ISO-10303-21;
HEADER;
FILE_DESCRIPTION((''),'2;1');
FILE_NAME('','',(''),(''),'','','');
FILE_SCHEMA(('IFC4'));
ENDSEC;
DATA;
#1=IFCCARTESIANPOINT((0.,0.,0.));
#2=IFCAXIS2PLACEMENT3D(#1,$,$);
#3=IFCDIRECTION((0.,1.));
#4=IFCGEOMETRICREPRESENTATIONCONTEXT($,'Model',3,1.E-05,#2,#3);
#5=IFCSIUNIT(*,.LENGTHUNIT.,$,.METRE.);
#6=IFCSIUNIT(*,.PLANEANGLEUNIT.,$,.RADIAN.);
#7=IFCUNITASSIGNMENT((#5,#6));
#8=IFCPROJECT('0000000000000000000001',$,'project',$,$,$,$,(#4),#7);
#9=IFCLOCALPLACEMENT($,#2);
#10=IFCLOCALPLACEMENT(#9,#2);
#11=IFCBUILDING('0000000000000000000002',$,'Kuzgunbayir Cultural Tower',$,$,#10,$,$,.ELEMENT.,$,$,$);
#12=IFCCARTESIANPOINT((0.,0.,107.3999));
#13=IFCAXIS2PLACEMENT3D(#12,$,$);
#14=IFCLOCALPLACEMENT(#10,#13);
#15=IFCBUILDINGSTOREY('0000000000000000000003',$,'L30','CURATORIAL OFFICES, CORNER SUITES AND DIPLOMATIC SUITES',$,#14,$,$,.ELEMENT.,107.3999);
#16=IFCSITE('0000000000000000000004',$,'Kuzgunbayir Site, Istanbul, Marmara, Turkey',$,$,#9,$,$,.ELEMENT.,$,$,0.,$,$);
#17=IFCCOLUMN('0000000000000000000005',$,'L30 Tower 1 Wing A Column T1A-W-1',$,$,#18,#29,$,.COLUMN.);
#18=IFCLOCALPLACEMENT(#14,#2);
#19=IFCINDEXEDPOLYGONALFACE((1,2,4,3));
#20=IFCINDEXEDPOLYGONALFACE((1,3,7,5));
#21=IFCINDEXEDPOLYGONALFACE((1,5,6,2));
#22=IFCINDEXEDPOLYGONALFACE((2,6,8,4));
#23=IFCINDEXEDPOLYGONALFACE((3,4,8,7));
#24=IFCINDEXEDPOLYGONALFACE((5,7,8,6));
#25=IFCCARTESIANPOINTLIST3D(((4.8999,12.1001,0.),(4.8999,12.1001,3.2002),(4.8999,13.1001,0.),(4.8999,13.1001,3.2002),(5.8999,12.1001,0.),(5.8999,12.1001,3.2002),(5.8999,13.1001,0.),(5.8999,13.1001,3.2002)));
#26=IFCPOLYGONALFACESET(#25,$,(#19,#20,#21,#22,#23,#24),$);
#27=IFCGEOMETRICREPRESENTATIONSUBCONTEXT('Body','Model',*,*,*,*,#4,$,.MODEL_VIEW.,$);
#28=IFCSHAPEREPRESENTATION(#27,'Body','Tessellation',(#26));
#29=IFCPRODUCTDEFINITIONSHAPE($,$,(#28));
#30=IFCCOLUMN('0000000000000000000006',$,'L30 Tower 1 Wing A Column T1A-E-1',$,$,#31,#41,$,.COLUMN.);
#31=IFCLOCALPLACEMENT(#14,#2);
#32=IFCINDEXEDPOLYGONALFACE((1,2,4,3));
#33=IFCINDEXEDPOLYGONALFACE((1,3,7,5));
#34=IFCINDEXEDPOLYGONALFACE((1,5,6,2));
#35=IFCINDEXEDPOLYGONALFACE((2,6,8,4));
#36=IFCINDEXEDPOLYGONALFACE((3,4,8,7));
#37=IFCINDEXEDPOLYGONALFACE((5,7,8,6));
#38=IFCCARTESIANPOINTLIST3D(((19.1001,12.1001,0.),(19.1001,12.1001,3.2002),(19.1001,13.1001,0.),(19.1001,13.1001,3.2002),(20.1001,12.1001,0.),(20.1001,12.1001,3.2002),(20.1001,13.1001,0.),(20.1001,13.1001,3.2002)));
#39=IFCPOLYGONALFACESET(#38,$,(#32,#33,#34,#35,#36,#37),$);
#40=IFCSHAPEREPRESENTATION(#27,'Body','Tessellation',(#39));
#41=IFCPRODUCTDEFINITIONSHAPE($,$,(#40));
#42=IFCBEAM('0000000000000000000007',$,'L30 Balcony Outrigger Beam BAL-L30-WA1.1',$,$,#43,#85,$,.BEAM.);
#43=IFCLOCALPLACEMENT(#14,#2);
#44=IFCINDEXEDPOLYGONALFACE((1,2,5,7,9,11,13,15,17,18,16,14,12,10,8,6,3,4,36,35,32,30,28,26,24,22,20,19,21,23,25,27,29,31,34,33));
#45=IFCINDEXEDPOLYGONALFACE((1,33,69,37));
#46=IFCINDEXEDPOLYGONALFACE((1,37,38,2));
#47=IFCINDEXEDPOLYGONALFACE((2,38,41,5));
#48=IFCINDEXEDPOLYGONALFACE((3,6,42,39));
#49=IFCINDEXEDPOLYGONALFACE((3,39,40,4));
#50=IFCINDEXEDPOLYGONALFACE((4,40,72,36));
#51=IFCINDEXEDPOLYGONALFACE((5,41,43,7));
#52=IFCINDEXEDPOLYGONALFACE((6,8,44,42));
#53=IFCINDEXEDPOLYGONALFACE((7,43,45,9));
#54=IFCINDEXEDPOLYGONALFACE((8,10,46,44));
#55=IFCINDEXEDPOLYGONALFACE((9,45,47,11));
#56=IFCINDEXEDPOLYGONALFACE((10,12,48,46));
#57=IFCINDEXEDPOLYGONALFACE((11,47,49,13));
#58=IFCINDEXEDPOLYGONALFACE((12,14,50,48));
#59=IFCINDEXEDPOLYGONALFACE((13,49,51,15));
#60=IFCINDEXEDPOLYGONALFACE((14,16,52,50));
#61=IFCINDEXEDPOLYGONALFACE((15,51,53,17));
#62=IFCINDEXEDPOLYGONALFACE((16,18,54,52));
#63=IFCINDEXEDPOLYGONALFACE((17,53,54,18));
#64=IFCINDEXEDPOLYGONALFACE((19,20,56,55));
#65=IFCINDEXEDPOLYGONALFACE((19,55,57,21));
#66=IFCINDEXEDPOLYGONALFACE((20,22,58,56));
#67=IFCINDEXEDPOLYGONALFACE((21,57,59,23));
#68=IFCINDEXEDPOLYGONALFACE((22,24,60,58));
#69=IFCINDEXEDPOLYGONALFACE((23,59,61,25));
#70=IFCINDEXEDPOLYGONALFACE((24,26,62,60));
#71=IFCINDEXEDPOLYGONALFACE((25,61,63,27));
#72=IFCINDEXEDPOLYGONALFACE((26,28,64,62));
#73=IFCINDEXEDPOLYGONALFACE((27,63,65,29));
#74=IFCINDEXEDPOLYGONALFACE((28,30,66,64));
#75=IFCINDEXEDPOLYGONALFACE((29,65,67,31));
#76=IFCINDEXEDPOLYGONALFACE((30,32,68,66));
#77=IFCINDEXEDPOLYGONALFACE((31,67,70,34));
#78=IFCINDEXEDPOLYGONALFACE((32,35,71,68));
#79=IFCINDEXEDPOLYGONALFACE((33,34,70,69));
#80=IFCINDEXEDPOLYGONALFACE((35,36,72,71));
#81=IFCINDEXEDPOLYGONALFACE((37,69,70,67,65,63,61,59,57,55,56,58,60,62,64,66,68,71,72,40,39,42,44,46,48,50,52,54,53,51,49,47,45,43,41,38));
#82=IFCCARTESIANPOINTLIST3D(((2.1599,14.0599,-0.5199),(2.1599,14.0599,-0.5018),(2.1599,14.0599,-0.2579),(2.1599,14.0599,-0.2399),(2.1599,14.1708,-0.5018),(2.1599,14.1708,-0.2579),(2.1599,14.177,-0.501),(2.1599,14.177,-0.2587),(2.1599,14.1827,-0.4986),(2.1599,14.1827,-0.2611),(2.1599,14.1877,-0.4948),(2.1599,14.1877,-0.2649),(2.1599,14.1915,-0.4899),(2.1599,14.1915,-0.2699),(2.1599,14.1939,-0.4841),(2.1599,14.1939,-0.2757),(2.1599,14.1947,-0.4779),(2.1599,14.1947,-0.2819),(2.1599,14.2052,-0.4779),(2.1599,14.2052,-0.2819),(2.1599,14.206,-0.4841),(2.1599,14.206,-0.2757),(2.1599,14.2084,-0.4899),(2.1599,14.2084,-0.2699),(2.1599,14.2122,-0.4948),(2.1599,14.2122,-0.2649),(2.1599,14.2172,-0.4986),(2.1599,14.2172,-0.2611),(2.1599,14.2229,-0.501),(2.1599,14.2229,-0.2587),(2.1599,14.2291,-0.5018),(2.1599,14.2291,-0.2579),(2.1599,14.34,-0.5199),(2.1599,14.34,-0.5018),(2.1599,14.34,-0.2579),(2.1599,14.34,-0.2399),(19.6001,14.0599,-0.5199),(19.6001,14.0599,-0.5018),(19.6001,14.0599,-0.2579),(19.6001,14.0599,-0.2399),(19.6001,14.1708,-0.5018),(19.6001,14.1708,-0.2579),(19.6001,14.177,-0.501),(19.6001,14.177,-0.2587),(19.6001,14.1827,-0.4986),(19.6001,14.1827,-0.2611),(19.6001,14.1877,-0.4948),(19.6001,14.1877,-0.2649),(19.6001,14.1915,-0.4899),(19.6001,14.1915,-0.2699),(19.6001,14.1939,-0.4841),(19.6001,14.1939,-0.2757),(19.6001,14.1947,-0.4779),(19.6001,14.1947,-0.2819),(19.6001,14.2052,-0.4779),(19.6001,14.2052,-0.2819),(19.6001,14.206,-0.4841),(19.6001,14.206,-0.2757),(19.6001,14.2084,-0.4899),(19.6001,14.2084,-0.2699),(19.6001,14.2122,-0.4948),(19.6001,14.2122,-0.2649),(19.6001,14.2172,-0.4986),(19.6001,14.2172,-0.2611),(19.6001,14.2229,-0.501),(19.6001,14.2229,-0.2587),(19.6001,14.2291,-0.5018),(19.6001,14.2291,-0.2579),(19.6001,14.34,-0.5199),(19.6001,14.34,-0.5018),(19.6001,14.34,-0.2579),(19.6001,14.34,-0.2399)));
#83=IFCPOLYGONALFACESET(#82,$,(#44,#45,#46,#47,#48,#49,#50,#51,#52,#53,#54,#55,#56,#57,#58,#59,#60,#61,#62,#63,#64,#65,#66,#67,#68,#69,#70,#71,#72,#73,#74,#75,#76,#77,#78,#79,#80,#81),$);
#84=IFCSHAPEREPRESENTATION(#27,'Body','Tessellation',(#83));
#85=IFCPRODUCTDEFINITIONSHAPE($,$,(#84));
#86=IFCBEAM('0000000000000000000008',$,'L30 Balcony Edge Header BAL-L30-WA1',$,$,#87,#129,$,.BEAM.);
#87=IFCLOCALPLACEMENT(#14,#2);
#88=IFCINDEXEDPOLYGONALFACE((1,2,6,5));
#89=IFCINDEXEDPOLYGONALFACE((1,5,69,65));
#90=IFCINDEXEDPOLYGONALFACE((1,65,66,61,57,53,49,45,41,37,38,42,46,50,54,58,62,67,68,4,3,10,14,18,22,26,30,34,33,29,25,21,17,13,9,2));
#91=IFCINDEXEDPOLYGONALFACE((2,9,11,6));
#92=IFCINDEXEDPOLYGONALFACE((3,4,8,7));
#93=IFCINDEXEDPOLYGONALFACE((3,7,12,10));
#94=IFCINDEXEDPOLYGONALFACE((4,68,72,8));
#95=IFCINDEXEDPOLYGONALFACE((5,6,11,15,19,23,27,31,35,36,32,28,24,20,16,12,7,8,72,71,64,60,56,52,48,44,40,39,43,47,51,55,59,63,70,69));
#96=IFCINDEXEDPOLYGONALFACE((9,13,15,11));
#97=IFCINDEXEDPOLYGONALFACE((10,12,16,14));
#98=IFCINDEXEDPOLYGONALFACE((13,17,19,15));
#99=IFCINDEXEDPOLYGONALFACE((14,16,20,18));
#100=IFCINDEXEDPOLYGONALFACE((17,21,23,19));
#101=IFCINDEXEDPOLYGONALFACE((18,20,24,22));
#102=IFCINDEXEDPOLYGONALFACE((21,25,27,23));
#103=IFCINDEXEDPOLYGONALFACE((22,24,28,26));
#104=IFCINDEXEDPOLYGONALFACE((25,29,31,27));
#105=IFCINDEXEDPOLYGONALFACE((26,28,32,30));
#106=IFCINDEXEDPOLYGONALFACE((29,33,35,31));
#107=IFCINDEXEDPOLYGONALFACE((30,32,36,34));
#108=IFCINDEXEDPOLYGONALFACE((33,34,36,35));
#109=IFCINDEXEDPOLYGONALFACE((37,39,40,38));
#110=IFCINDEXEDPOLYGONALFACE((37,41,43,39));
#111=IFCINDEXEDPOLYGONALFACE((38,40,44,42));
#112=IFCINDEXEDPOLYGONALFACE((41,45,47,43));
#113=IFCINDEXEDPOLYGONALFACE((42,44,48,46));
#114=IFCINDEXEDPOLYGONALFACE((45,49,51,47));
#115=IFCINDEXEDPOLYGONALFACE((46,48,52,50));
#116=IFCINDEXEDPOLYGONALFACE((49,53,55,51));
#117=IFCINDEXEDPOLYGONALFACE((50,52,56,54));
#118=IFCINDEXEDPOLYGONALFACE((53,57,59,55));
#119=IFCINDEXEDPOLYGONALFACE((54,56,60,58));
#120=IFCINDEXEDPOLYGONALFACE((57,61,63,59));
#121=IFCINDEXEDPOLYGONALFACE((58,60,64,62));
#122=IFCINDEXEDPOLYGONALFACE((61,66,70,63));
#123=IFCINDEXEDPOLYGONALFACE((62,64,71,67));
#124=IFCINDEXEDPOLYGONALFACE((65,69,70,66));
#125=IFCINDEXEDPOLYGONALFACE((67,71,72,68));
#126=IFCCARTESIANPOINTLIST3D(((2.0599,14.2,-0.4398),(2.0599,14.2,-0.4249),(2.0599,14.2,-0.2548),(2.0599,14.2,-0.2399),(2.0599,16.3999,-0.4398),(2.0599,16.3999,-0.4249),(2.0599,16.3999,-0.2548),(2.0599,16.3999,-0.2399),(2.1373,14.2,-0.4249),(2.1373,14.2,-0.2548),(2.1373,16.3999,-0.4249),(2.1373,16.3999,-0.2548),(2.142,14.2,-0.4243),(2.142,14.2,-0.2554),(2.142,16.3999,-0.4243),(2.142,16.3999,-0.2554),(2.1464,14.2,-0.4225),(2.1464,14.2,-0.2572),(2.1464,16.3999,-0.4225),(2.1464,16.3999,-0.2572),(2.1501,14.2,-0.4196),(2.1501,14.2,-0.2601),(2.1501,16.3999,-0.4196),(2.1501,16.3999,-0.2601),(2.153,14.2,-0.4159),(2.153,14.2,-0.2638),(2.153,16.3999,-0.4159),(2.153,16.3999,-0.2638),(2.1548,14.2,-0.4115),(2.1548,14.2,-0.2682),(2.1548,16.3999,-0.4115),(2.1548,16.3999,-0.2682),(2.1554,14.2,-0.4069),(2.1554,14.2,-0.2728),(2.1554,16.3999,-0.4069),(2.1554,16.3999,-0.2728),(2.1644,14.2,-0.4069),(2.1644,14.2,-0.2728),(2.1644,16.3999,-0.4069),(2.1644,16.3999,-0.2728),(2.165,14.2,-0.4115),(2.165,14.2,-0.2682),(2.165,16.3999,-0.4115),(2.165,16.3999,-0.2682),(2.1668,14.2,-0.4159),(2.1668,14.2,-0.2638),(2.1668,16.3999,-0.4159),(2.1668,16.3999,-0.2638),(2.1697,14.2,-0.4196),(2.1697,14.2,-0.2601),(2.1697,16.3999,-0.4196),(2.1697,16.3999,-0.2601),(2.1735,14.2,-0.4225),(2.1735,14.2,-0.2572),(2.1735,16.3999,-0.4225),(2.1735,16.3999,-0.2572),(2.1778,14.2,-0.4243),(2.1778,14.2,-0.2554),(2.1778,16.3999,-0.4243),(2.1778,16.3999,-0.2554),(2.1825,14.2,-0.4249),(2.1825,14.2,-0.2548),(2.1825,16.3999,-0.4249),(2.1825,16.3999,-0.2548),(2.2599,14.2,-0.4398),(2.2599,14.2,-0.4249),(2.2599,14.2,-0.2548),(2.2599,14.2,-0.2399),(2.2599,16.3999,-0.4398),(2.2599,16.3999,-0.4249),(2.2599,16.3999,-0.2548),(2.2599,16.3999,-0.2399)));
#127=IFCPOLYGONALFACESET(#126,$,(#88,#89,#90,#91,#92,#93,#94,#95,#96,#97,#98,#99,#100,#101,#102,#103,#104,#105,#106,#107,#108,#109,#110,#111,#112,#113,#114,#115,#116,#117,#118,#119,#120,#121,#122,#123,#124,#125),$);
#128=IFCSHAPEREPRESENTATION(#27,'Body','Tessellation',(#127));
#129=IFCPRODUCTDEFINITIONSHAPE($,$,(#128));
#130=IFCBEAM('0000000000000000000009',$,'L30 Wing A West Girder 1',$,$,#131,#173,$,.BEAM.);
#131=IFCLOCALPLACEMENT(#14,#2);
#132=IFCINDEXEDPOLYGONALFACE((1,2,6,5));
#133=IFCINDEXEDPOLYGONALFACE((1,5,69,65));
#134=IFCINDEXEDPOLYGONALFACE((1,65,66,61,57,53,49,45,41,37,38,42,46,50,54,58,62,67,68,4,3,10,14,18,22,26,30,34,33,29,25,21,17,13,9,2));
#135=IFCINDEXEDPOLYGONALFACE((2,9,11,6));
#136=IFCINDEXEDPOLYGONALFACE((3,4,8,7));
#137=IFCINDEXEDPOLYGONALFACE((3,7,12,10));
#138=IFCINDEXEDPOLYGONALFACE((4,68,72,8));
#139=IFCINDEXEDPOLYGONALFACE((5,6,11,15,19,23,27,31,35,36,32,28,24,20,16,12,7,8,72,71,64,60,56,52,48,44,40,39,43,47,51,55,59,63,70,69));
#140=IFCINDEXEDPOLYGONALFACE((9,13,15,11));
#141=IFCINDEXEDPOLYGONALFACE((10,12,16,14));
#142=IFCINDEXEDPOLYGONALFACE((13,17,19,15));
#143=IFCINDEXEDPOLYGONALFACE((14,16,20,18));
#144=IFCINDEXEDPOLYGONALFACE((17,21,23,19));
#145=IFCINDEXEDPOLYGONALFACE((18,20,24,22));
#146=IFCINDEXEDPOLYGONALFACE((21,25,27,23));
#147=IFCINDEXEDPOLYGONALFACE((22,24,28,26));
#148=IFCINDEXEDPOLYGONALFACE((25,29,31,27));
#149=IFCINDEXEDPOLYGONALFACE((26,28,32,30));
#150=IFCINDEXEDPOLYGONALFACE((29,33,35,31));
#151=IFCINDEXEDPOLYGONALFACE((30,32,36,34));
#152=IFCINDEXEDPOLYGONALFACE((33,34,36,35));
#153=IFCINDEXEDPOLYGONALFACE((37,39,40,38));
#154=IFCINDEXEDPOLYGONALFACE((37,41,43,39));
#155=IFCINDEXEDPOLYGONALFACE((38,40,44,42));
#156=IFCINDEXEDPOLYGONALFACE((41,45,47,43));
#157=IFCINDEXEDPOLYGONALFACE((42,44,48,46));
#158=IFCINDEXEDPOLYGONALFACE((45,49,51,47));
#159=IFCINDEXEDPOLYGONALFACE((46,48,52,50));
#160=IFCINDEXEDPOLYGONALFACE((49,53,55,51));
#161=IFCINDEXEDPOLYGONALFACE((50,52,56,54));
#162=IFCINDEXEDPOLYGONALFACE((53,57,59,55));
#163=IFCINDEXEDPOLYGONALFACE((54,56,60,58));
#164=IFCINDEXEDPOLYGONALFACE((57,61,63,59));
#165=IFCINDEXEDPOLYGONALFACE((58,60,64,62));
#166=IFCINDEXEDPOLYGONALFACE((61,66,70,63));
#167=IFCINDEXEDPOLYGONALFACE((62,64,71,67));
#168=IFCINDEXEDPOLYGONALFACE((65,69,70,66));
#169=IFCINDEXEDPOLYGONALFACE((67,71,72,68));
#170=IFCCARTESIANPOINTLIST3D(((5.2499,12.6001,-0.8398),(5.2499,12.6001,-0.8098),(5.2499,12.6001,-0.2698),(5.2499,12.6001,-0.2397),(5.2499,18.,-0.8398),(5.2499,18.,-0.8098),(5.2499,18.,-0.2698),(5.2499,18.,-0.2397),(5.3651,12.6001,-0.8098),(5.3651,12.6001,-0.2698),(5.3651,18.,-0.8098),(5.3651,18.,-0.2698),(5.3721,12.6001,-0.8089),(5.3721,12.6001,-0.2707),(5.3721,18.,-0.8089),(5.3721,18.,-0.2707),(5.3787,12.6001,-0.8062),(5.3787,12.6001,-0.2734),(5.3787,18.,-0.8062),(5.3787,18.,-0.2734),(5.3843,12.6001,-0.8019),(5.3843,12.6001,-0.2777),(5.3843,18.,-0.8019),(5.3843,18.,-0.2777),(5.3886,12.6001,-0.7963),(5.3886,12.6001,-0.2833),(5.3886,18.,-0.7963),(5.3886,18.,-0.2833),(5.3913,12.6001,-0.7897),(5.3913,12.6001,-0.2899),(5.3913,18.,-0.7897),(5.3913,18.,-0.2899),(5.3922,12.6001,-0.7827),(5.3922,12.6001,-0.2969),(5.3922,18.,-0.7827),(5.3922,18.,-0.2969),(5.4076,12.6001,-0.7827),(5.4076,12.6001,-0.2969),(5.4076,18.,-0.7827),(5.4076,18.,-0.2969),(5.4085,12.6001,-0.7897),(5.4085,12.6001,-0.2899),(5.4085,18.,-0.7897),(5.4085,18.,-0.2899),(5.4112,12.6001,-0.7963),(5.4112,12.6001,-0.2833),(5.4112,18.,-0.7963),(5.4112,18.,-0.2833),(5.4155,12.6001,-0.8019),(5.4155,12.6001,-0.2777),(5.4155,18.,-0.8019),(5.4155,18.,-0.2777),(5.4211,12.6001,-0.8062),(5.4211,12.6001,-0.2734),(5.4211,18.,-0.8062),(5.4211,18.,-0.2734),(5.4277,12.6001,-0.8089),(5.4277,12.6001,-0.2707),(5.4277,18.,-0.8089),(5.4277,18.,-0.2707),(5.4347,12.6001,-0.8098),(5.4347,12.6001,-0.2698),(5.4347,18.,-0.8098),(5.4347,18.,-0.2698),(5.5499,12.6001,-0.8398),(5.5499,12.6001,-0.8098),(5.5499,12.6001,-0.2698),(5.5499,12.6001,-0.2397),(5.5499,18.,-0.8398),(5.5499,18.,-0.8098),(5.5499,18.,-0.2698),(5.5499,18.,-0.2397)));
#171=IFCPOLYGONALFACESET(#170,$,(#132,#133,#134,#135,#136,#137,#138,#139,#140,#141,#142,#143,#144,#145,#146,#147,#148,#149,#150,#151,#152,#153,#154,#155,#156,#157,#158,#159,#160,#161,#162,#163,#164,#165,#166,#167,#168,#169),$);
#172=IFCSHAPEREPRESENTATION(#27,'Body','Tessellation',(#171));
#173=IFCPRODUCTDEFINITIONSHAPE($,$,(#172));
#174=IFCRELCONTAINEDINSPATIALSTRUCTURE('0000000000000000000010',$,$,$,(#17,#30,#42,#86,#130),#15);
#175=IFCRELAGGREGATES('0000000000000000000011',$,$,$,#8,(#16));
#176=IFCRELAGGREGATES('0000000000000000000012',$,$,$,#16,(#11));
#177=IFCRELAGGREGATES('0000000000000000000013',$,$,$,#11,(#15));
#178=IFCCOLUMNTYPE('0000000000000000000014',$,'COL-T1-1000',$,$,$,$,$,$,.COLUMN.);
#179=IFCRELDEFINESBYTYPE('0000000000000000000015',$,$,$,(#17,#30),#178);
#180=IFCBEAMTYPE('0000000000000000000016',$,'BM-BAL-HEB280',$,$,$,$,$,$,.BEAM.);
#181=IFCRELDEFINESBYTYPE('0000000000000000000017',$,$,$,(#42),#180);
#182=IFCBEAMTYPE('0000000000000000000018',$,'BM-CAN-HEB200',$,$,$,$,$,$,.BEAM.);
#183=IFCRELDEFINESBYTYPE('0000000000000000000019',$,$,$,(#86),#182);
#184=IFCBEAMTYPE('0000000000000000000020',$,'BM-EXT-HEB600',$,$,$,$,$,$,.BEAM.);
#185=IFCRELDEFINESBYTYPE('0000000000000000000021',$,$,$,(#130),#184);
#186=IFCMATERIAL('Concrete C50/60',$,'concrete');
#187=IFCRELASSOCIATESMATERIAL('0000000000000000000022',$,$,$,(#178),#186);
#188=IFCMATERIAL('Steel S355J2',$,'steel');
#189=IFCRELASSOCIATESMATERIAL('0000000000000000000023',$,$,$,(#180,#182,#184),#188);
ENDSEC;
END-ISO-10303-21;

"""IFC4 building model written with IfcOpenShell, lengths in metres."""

from ifc_helpers import new_model, si_unit, direction, frame, origin, origin_2d, place, context, subcontext, project, spatial, rectangle, i_section, extrude, material, material_profile, profile_set, type_object, element, save


model = new_model("IFC4")

# Units and contexts
model_context = context("Model", 3, precision=1e-05, world=origin(), true_north=direction((0.0, 1.0)))
body_context = subcontext(model_context, "Body", "Model", "MODEL_VIEW")
ifc_project = project(units=[si_unit("LENGTHUNIT", "METRE"), si_unit("PLANEANGLEUNIT", "RADIAN")], contexts=[model_context])

# Site, building, storey
site_placement = place(None, origin())
site = spatial("IfcSite", under=ifc_project, at=site_placement, Name="Kuzgunbayir Site, Istanbul, Marmara, Turkey", CompositionType="ELEMENT", RefElevation=0.0)
building_placement = place(site_placement, origin())
building = spatial("IfcBuilding", under=site, at=building_placement, Name="Kuzgunbayir Cultural Tower", CompositionType="ELEMENT")
storey_placement = place(building_placement, frame((0.0, 0.0, 107.3999)))
storey = spatial("IfcBuildingStorey", under=building, at=storey_placement, Name="L30", Description="CURATORIAL OFFICES, CORNER SUITES AND DIPLOMATIC SUITES", CompositionType="ELEMENT", Elevation=107.3999)

# Columns
ifc_material_1 = material(Name="Concrete C50/60", Category="concrete")
ifc_material_profile_1 = material_profile(ifc_material_1, rectangle(XDim=1.0, YDim=1.0, at=origin_2d()), Name="RC 1000x1000")
ifc_profile_set_1 = profile_set([ifc_material_profile_1], Name="Concrete C50/60")
column_type = type_object("IfcColumnType", Name="COL-T1-1000", PredefinedType="COLUMN", material=ifc_profile_set_1)
for number, where, z_axis, x_axis, name in (
    (1, (5.3999, 12.6001, 0.0), (0.0, 0.0, 1.0), (1.0, 0.0, 0.0), "L30 Tower 1 Wing A Column T1A-W-1"),
    (2, (19.6001, 12.6001, 0.0), (0.0, 0.0, 1.0), (1.0, 0.0, 0.0), "L30 Tower 1 Wing A Column T1A-E-1"),
):
    element("IfcColumn", number, at=place(storey_placement, frame(where, z_axis=z_axis, x_axis=x_axis)), inside=storey, type_object=column_type, Name=name, PredefinedType="COLUMN", context=body_context, shape_type="SweptSolid", body=[
        extrude(rectangle(XDim=1.0, YDim=1.0, at=origin_2d()), origin(), (0.0, 0.0, 1.0), 3.2002),
    ])

# Beams
ifc_material_2 = material(Name="Steel S355J2", Category="steel")
ifc_material_profile_2 = material_profile(ifc_material_2, i_section(OverallWidth=0.28, OverallDepth=0.28, WebThickness=0.0105, FlangeThickness=0.0181, FilletRadius=0.0239, at=origin_2d()), Name="HEB 280")
ifc_profile_set_2 = profile_set([ifc_material_profile_2], Name="Steel S355J2")
beam_type_1 = type_object("IfcBeamType", Name="BM-BAL-HEB280", PredefinedType="BEAM", material=ifc_profile_set_2)
beam_1_placement = place(storey_placement, frame((2.1599, 14.2, -0.3799), z_axis=(1.0, 0.0, 0.0), x_axis=(0.0, 1.0, 0.0)))
element("IfcBeam", 3, at=beam_1_placement, inside=storey, type_object=beam_type_1, Name="L30 Balcony Outrigger Beam BAL-L30-WA1.1", PredefinedType="BEAM", context=body_context, shape_type="SweptSolid", body=[
    extrude(i_section(OverallWidth=0.28, OverallDepth=0.28, WebThickness=0.0105, FlangeThickness=0.0181, FilletRadius=0.0239, at=origin_2d()), origin(), (0.0, 0.0, 1.0), 17.4402),
])
ifc_material_profile_3 = material_profile(ifc_material_2, i_section(OverallWidth=0.2, OverallDepth=0.2, WebThickness=0.009, FlangeThickness=0.0149, FilletRadius=0.0181, at=origin_2d()), Name="HEB 200")
ifc_profile_set_3 = profile_set([ifc_material_profile_3], Name="Steel S355J2")
beam_type_2 = type_object("IfcBeamType", Name="BM-CAN-HEB200", PredefinedType="BEAM", material=ifc_profile_set_3)
beam_2_placement = place(storey_placement, frame((2.1599, 14.2, -0.3398), z_axis=(0.0, 1.0, 0.0), x_axis=(-1.0, 0.0, 0.0)))
element("IfcBeam", 4, at=beam_2_placement, inside=storey, type_object=beam_type_2, Name="L30 Balcony Edge Header BAL-L30-WA1", PredefinedType="BEAM", context=body_context, shape_type="SweptSolid", body=[
    extrude(i_section(OverallWidth=0.2, OverallDepth=0.2, WebThickness=0.009, FlangeThickness=0.0149, FilletRadius=0.0181, at=origin_2d()), origin(), (0.0, 0.0, 1.0), 2.2),
])
ifc_material_profile_4 = material_profile(ifc_material_2, i_section(OverallWidth=0.3, OverallDepth=0.6001, WebThickness=0.0154, FlangeThickness=0.03, FilletRadius=0.0271, at=origin_2d()), Name="HEB 600")
ifc_profile_set_4 = profile_set([ifc_material_profile_4], Name="Steel S355J2")
beam_type_3 = type_object("IfcBeamType", Name="BM-EXT-HEB600", PredefinedType="BEAM", material=ifc_profile_set_4)
beam_3_placement = place(storey_placement, frame((5.3999, 12.6001, -0.5398), z_axis=(0.0, 1.0, 0.0), x_axis=(-1.0, 0.0, 0.0)))
element("IfcBeam", 5, at=beam_3_placement, inside=storey, type_object=beam_type_3, Name="L30 Wing A West Girder 1", PredefinedType="BEAM", context=body_context, shape_type="SweptSolid", body=[
    extrude(i_section(OverallWidth=0.3, OverallDepth=0.6001, WebThickness=0.0154, FlangeThickness=0.03, FilletRadius=0.0271, at=origin_2d()), origin(), (0.0, 0.0, 1.0), 5.3999),
])

save(model, "model.ifc")
